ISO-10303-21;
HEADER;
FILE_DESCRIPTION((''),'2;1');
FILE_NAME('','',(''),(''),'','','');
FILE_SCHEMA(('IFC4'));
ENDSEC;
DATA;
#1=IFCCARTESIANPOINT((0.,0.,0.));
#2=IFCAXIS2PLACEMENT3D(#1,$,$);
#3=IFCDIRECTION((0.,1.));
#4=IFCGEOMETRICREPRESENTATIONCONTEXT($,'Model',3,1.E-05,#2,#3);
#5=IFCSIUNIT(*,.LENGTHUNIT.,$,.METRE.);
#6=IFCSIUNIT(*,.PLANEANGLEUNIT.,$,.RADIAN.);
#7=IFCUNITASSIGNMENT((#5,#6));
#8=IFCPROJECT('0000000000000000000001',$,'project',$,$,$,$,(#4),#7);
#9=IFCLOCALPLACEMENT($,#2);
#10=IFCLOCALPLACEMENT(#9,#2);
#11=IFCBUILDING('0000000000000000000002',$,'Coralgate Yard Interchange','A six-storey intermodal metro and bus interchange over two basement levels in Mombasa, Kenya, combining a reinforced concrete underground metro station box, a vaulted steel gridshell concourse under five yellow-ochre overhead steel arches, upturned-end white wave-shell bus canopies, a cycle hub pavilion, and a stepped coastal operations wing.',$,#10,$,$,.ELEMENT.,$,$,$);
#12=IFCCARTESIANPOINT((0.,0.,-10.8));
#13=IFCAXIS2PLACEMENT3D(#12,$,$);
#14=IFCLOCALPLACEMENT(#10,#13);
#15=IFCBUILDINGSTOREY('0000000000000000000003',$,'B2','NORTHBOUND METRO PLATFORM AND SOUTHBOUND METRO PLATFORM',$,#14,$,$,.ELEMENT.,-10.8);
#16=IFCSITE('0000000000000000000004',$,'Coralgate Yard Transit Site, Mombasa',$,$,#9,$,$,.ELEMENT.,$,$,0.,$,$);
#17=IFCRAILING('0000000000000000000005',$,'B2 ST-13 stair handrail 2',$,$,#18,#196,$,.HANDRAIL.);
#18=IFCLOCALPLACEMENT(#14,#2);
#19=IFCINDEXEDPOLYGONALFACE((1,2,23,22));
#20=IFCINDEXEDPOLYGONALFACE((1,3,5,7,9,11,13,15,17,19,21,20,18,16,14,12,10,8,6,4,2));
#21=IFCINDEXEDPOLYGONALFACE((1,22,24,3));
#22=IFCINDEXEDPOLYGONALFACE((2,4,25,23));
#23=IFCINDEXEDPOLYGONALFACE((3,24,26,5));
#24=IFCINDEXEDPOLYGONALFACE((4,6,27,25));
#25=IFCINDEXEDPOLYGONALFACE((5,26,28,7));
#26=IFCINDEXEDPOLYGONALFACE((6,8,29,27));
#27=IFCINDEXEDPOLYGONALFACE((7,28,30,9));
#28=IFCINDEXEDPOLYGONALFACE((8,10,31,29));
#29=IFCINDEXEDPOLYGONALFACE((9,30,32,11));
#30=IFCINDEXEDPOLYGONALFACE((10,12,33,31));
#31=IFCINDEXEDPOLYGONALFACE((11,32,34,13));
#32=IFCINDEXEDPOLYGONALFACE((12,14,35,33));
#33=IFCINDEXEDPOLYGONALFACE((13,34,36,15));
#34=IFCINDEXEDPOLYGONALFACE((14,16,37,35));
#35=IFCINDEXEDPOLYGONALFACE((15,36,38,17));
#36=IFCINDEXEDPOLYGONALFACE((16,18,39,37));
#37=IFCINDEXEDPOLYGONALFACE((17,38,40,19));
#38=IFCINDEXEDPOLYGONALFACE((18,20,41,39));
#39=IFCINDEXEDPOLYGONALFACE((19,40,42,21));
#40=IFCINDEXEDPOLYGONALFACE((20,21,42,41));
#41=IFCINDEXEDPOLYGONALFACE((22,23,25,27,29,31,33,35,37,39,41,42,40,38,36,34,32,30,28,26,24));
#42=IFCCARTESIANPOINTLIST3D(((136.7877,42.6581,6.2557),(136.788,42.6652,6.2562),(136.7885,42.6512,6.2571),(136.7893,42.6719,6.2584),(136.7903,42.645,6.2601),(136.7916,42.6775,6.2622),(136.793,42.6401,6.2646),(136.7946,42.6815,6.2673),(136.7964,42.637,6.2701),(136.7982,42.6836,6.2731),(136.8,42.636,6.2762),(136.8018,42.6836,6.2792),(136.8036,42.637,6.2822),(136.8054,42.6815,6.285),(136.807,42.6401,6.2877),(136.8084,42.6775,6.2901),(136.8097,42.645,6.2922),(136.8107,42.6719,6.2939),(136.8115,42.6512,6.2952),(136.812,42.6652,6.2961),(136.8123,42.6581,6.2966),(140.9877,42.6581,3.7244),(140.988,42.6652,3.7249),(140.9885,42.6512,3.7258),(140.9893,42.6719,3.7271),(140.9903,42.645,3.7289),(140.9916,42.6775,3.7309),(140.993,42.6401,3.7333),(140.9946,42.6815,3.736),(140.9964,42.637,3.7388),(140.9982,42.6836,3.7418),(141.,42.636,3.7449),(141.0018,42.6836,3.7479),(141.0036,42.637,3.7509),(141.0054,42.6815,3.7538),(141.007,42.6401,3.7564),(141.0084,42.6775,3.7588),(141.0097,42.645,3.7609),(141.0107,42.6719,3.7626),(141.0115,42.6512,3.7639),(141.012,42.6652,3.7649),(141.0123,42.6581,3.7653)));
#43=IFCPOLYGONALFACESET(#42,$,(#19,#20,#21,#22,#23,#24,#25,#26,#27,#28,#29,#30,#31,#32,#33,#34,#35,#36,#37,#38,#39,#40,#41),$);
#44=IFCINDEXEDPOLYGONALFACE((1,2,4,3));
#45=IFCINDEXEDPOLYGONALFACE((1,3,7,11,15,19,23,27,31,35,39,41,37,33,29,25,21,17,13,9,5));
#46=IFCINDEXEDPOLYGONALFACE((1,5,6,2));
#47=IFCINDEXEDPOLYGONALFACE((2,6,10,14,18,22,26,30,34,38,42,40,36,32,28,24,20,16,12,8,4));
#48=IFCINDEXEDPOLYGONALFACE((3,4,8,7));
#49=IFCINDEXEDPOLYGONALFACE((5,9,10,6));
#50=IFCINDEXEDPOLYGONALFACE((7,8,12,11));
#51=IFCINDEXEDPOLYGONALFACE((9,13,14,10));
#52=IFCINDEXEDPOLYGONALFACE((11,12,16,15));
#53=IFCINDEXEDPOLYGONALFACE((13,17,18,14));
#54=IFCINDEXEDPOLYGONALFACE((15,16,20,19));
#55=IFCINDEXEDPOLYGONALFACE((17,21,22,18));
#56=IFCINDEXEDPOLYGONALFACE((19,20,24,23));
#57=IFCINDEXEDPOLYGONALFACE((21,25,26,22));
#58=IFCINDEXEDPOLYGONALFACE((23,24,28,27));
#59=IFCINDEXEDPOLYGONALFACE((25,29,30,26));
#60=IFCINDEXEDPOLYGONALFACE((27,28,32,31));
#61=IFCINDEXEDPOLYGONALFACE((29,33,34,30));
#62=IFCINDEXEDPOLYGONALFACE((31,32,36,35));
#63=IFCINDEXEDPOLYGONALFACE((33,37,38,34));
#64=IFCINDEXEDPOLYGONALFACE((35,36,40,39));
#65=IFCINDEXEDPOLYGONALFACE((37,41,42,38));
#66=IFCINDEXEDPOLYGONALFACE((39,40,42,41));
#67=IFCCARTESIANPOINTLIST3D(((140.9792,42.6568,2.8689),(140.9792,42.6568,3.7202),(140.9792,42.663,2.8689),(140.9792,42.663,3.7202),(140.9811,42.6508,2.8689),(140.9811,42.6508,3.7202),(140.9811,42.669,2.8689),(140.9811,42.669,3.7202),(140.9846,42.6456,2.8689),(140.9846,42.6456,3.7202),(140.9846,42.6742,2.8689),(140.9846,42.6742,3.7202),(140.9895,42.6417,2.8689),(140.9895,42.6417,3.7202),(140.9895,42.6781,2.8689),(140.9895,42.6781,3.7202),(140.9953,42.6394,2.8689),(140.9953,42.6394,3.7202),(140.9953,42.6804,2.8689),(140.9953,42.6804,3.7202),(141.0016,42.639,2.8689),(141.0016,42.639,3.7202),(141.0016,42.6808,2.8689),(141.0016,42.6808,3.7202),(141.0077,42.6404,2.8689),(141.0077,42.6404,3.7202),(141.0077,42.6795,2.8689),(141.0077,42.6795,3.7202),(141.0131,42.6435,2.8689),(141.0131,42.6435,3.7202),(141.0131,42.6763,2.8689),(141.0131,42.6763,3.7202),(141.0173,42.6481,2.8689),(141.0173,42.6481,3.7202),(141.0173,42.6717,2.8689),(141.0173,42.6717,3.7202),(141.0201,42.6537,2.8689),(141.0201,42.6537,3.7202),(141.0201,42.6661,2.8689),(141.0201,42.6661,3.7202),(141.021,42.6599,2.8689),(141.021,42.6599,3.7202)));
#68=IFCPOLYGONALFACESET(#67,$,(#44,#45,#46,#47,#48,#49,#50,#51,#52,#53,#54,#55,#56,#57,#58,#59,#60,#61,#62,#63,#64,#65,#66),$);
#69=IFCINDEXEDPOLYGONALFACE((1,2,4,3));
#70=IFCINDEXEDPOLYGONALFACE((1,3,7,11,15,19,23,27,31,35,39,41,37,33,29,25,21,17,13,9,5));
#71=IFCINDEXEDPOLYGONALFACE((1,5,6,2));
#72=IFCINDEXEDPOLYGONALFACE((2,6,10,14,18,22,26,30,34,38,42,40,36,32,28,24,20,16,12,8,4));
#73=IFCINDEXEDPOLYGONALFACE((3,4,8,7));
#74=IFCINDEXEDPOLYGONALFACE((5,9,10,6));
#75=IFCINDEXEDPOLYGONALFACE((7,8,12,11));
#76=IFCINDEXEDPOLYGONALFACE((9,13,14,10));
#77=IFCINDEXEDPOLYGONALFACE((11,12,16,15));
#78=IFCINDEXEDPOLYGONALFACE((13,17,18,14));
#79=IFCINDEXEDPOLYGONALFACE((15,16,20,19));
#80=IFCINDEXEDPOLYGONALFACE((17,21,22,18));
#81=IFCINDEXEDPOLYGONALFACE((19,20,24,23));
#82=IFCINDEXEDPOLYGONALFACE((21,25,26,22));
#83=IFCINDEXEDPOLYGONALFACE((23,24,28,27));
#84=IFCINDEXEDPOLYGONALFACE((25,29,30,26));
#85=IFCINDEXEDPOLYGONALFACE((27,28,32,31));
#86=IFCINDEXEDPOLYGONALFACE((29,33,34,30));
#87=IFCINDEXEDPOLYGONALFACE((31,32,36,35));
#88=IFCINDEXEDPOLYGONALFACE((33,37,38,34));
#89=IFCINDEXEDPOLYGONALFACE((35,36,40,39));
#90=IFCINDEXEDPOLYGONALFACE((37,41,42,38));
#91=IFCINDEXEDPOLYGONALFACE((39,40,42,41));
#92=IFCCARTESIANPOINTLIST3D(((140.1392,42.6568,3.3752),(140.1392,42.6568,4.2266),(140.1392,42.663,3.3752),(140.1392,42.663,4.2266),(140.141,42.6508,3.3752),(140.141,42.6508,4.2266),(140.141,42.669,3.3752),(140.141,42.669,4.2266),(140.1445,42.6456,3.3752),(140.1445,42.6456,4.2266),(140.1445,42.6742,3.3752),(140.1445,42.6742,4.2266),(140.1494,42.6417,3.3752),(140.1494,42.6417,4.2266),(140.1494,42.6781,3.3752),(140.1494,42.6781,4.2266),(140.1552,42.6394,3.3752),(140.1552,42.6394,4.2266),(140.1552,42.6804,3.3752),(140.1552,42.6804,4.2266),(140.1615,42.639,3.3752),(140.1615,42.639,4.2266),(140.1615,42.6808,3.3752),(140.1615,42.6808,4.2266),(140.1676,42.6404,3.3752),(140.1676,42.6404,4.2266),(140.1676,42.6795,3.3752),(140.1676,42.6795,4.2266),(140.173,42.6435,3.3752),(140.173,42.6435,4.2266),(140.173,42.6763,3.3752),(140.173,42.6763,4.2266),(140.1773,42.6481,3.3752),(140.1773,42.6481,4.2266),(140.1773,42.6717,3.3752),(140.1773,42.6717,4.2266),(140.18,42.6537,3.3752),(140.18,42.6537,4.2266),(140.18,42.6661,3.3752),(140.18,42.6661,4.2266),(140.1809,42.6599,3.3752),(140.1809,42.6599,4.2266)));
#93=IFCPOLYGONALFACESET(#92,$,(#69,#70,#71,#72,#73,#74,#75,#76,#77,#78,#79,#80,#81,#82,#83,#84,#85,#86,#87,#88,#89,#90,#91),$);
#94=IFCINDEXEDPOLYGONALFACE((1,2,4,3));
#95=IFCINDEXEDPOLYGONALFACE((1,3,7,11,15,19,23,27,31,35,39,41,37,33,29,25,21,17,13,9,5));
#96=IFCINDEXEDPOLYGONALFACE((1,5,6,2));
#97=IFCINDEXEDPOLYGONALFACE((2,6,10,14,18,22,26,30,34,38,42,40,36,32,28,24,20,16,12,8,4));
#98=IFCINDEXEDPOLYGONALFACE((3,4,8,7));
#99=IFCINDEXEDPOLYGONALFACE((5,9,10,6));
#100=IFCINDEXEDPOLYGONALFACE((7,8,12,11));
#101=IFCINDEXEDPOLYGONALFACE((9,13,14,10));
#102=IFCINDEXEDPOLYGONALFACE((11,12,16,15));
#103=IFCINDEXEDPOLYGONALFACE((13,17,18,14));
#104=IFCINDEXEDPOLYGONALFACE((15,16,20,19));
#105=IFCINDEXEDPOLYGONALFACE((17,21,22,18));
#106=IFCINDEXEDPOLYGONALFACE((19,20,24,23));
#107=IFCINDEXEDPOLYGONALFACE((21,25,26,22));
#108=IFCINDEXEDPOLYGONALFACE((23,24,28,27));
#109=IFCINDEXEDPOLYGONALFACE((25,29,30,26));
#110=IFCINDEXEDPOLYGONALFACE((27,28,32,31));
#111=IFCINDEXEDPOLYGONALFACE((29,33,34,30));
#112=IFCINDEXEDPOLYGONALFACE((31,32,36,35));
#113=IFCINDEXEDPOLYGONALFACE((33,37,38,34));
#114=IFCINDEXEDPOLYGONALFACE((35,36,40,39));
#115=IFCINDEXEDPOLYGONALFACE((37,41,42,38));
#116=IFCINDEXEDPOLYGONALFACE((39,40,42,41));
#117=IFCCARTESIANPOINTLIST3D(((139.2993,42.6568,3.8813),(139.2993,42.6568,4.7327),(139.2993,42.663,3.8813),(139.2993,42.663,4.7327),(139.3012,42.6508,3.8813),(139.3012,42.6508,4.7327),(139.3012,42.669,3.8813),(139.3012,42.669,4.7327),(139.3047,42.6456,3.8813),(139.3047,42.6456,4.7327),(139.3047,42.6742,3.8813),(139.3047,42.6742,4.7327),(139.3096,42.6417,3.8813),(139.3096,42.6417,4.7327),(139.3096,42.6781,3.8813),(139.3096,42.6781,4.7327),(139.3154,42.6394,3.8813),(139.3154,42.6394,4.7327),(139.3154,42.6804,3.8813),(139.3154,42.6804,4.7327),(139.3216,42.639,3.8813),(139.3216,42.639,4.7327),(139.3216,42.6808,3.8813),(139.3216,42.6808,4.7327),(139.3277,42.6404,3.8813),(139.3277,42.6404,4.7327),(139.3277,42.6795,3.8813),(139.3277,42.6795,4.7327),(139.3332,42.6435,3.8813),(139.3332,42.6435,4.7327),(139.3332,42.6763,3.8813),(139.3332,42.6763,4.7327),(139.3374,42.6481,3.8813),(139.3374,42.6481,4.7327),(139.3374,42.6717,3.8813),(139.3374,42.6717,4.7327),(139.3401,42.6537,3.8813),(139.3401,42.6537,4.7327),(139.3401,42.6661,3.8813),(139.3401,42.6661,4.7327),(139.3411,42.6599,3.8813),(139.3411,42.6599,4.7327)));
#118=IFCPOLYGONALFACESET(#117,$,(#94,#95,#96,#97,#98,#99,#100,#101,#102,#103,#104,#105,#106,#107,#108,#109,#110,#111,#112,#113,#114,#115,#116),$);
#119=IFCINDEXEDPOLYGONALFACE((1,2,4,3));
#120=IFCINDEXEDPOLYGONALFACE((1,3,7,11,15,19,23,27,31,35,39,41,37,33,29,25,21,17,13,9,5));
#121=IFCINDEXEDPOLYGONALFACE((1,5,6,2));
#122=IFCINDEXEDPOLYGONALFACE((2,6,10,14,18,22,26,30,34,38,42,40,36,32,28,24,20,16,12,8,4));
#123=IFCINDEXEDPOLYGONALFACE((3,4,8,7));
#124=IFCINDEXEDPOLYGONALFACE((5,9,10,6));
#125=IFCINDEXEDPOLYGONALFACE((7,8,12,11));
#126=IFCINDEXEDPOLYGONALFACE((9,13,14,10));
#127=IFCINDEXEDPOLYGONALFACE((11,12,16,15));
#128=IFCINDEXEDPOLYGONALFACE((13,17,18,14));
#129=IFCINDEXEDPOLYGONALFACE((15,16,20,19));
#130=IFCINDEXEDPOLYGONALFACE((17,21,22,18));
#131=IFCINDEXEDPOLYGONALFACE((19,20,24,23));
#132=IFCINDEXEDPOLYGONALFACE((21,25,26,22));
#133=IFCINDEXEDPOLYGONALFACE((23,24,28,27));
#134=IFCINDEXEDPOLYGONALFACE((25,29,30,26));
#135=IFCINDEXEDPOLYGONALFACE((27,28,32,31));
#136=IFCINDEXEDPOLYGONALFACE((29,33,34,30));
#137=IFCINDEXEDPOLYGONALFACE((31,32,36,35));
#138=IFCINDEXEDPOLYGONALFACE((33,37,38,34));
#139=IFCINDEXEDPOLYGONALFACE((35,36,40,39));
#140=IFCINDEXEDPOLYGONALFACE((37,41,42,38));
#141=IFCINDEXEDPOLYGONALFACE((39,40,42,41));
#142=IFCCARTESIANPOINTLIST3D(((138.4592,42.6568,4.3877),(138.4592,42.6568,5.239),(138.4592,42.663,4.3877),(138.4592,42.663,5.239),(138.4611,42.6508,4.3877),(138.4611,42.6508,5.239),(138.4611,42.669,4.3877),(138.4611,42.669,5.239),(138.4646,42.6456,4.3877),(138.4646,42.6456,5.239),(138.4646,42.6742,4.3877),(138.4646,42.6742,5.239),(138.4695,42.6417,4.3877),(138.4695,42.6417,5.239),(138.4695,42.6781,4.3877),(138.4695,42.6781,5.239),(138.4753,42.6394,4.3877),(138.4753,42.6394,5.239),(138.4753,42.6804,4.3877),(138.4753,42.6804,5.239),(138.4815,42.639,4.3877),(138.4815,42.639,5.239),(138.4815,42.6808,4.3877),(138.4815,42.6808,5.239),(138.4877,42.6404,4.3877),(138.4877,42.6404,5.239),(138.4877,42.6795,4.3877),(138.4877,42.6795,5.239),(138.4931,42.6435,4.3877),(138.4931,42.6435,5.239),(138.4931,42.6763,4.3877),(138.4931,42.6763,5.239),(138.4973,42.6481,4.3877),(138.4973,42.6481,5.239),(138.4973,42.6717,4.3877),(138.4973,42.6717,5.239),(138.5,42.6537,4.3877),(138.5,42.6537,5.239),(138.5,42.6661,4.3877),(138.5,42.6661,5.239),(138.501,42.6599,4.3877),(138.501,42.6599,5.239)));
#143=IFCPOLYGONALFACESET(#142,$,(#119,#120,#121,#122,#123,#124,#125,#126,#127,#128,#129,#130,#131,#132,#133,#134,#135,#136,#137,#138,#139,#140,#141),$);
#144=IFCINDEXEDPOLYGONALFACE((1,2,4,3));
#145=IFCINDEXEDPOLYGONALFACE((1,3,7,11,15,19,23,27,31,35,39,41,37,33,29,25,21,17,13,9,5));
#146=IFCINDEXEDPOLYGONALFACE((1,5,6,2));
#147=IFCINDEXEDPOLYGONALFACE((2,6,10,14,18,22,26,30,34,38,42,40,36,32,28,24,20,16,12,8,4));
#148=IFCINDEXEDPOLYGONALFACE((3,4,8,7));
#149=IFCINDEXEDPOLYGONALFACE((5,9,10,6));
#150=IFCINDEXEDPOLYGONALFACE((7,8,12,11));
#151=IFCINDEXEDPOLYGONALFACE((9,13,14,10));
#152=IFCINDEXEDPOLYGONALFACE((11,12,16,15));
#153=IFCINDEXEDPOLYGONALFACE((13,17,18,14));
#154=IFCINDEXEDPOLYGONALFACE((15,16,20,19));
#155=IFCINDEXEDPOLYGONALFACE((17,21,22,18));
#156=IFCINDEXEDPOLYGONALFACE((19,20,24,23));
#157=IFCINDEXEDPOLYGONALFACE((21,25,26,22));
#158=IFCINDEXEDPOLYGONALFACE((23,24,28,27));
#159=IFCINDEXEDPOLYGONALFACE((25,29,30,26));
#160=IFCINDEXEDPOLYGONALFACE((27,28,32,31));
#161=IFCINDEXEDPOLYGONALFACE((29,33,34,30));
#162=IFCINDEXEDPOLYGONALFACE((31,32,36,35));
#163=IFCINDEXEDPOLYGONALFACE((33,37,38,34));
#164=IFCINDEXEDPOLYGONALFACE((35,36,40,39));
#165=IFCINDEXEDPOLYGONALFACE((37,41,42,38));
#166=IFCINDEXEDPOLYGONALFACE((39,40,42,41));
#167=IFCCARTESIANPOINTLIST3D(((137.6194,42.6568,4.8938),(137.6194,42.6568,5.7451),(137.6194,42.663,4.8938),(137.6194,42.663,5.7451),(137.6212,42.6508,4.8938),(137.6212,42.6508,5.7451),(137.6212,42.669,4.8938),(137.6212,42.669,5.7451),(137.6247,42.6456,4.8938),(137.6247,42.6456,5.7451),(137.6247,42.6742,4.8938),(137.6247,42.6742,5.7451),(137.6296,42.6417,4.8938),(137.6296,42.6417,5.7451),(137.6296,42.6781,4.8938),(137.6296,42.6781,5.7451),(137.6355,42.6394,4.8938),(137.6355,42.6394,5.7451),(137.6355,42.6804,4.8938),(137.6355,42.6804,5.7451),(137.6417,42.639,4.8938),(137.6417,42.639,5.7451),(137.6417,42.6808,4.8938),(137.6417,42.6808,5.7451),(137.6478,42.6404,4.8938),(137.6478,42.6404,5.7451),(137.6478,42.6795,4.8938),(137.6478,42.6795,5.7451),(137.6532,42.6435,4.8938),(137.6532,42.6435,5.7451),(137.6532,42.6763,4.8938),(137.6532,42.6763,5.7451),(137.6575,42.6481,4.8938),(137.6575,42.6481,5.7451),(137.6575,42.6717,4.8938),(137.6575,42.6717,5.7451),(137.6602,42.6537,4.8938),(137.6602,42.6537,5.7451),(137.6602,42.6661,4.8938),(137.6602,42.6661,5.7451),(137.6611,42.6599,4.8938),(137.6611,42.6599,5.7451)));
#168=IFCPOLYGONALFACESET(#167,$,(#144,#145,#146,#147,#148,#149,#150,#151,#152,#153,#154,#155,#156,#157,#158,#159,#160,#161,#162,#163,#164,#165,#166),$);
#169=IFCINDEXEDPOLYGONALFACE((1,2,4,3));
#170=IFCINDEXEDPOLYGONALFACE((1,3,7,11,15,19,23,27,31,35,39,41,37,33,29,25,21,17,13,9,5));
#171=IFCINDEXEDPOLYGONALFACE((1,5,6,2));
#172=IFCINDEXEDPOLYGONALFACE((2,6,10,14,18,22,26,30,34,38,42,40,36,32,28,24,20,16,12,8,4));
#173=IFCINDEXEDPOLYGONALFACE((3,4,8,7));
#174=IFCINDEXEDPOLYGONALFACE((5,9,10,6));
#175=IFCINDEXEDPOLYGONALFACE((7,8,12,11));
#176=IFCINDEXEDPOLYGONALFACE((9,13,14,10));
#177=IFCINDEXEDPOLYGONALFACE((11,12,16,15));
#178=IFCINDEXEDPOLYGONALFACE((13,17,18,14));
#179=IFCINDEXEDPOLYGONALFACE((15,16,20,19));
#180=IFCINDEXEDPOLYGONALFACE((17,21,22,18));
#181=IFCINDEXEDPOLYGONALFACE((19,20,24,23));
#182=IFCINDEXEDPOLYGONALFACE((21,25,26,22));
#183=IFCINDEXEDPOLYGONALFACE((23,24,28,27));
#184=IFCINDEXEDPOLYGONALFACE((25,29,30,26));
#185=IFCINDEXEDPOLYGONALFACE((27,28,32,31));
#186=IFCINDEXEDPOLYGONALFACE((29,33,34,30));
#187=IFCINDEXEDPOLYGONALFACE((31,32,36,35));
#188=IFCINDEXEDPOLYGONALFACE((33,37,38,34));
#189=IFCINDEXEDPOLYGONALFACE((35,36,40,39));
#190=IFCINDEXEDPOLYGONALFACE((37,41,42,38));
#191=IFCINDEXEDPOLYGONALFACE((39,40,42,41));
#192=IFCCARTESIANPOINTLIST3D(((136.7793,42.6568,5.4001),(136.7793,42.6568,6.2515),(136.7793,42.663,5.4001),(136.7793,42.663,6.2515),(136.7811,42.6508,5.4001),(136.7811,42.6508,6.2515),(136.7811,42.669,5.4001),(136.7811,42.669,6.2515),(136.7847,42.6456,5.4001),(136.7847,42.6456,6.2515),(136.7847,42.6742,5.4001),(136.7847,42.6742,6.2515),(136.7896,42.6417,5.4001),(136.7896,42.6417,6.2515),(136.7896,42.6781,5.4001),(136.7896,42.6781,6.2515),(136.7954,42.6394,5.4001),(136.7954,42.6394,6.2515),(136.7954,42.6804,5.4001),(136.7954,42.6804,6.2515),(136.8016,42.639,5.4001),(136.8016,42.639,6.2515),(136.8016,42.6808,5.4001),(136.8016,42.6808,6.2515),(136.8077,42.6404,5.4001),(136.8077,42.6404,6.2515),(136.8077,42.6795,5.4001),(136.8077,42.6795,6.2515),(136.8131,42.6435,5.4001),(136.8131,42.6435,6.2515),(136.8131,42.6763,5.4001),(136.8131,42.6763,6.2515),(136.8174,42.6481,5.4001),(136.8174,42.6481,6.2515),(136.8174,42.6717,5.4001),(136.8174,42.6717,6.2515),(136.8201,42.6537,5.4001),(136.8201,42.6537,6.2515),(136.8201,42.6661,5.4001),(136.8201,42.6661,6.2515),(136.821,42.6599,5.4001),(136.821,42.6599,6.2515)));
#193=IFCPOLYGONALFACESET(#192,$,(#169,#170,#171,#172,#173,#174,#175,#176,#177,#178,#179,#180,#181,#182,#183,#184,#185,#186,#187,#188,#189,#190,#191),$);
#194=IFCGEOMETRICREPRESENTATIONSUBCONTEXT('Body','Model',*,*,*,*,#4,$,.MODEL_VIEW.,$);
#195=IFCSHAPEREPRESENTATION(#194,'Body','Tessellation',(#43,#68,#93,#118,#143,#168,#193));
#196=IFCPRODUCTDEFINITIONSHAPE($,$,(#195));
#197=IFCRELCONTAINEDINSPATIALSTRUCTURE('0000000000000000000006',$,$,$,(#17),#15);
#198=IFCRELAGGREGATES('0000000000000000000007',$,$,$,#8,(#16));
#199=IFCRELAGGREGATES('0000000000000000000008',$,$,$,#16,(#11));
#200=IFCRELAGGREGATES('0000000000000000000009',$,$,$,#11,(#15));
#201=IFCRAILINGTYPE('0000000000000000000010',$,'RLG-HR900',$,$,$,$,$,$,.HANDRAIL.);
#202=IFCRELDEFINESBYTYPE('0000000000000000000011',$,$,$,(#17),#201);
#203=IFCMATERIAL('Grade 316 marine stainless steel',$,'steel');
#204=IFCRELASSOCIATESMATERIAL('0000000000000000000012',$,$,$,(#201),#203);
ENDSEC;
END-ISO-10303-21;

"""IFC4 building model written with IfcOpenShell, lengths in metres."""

from ifc_helpers import new_model, si_unit, direction, frame, origin, origin_2d, place, context, subcontext, project, spatial, circle, extrude, material, type_object, element, save


model = new_model("IFC4")

# Units and contexts
model_context = context("Model", 3, precision=1e-05, world=origin(), true_north=direction((0.0, 1.0)))
body_context = subcontext(model_context, "Body", "Model", "MODEL_VIEW")
ifc_project = project(units=[si_unit("LENGTHUNIT", "METRE"), si_unit("PLANEANGLEUNIT", "RADIAN")], contexts=[model_context])

# Site, building, storey
site_placement = place(None, origin())
site = spatial("IfcSite", under=ifc_project, at=site_placement, Name="Coralgate Yard Transit Site, Mombasa", CompositionType="ELEMENT", RefElevation=0.0)
building_placement = place(site_placement, origin())
building = spatial("IfcBuilding", under=site, at=building_placement, Name="Coralgate Yard Interchange", Description="A six-storey intermodal metro and bus interchange over two basement levels in Mombasa, Kenya, combining a reinforced concrete underground metro station box, a vaulted steel gridshell concourse under five yellow-ochre overhead steel arches, upturned-end white wave-shell bus canopies, a cycle hub pavilion, and a stepped coastal operations wing.", CompositionType="ELEMENT")
storey_placement = place(building_placement, frame((0.0, 0.0, -10.8)))
storey = spatial("IfcBuildingStorey", under=building, at=storey_placement, Name="B2", Description="NORTHBOUND METRO PLATFORM AND SOUTHBOUND METRO PLATFORM", CompositionType="ELEMENT", Elevation=-10.8)

# Railing
ifc_material_1 = material(Name="Grade 316 marine stainless steel", Category="steel")
railing_type_1 = type_object("IfcRailingType", Name="RLG-HR900", PredefinedType="HANDRAIL", material=ifc_material_1)
railing_1_placement = place(storey_placement, frame((141.0, 42.6599, 2.8689)))
element("IfcRailing", 1, at=railing_1_placement, inside=storey, type_object=railing_type_1, Name="B2 ST-13 stair handrail 2", PredefinedType="HANDRAIL", context=body_context, shape_type="SweptSolid", body=[
    extrude(circle(Radius=0.0239, at=origin_2d()), frame((0.0, 0.0, 0.876), z_axis=(-0.856476, 0.0, 0.516186), x_axis=(0.0, -1.0, 0.0)), (0.0, 0.0, 1.0), 4.9038),
    extrude(circle(Radius=0.021, at=origin_2d()), origin(), (0.0, 0.0, 1.0), 0.8513),
    extrude(circle(Radius=0.021, at=origin_2d()), frame((-0.8401, 0.0, 0.5063)), (0.0, 0.0, 1.0), 0.8513),
    extrude(circle(Radius=0.021, at=origin_2d()), frame((-1.6799, 0.0, 1.0125)), (0.0, 0.0, 1.0), 0.8513),
    extrude(circle(Radius=0.021, at=origin_2d()), frame((-2.52, 0.0, 1.5188)), (0.0, 0.0, 1.0), 0.8513),
    extrude(circle(Radius=0.021, at=origin_2d()), frame((-3.3599, 0.0, 2.0249)), (0.0, 0.0, 1.0), 0.8513),
    extrude(circle(Radius=0.021, at=origin_2d()), frame((-4.2, 0.0, 2.5312)), (0.0, 0.0, 1.0), 0.8513),
])

save(model, "model.ifc")
